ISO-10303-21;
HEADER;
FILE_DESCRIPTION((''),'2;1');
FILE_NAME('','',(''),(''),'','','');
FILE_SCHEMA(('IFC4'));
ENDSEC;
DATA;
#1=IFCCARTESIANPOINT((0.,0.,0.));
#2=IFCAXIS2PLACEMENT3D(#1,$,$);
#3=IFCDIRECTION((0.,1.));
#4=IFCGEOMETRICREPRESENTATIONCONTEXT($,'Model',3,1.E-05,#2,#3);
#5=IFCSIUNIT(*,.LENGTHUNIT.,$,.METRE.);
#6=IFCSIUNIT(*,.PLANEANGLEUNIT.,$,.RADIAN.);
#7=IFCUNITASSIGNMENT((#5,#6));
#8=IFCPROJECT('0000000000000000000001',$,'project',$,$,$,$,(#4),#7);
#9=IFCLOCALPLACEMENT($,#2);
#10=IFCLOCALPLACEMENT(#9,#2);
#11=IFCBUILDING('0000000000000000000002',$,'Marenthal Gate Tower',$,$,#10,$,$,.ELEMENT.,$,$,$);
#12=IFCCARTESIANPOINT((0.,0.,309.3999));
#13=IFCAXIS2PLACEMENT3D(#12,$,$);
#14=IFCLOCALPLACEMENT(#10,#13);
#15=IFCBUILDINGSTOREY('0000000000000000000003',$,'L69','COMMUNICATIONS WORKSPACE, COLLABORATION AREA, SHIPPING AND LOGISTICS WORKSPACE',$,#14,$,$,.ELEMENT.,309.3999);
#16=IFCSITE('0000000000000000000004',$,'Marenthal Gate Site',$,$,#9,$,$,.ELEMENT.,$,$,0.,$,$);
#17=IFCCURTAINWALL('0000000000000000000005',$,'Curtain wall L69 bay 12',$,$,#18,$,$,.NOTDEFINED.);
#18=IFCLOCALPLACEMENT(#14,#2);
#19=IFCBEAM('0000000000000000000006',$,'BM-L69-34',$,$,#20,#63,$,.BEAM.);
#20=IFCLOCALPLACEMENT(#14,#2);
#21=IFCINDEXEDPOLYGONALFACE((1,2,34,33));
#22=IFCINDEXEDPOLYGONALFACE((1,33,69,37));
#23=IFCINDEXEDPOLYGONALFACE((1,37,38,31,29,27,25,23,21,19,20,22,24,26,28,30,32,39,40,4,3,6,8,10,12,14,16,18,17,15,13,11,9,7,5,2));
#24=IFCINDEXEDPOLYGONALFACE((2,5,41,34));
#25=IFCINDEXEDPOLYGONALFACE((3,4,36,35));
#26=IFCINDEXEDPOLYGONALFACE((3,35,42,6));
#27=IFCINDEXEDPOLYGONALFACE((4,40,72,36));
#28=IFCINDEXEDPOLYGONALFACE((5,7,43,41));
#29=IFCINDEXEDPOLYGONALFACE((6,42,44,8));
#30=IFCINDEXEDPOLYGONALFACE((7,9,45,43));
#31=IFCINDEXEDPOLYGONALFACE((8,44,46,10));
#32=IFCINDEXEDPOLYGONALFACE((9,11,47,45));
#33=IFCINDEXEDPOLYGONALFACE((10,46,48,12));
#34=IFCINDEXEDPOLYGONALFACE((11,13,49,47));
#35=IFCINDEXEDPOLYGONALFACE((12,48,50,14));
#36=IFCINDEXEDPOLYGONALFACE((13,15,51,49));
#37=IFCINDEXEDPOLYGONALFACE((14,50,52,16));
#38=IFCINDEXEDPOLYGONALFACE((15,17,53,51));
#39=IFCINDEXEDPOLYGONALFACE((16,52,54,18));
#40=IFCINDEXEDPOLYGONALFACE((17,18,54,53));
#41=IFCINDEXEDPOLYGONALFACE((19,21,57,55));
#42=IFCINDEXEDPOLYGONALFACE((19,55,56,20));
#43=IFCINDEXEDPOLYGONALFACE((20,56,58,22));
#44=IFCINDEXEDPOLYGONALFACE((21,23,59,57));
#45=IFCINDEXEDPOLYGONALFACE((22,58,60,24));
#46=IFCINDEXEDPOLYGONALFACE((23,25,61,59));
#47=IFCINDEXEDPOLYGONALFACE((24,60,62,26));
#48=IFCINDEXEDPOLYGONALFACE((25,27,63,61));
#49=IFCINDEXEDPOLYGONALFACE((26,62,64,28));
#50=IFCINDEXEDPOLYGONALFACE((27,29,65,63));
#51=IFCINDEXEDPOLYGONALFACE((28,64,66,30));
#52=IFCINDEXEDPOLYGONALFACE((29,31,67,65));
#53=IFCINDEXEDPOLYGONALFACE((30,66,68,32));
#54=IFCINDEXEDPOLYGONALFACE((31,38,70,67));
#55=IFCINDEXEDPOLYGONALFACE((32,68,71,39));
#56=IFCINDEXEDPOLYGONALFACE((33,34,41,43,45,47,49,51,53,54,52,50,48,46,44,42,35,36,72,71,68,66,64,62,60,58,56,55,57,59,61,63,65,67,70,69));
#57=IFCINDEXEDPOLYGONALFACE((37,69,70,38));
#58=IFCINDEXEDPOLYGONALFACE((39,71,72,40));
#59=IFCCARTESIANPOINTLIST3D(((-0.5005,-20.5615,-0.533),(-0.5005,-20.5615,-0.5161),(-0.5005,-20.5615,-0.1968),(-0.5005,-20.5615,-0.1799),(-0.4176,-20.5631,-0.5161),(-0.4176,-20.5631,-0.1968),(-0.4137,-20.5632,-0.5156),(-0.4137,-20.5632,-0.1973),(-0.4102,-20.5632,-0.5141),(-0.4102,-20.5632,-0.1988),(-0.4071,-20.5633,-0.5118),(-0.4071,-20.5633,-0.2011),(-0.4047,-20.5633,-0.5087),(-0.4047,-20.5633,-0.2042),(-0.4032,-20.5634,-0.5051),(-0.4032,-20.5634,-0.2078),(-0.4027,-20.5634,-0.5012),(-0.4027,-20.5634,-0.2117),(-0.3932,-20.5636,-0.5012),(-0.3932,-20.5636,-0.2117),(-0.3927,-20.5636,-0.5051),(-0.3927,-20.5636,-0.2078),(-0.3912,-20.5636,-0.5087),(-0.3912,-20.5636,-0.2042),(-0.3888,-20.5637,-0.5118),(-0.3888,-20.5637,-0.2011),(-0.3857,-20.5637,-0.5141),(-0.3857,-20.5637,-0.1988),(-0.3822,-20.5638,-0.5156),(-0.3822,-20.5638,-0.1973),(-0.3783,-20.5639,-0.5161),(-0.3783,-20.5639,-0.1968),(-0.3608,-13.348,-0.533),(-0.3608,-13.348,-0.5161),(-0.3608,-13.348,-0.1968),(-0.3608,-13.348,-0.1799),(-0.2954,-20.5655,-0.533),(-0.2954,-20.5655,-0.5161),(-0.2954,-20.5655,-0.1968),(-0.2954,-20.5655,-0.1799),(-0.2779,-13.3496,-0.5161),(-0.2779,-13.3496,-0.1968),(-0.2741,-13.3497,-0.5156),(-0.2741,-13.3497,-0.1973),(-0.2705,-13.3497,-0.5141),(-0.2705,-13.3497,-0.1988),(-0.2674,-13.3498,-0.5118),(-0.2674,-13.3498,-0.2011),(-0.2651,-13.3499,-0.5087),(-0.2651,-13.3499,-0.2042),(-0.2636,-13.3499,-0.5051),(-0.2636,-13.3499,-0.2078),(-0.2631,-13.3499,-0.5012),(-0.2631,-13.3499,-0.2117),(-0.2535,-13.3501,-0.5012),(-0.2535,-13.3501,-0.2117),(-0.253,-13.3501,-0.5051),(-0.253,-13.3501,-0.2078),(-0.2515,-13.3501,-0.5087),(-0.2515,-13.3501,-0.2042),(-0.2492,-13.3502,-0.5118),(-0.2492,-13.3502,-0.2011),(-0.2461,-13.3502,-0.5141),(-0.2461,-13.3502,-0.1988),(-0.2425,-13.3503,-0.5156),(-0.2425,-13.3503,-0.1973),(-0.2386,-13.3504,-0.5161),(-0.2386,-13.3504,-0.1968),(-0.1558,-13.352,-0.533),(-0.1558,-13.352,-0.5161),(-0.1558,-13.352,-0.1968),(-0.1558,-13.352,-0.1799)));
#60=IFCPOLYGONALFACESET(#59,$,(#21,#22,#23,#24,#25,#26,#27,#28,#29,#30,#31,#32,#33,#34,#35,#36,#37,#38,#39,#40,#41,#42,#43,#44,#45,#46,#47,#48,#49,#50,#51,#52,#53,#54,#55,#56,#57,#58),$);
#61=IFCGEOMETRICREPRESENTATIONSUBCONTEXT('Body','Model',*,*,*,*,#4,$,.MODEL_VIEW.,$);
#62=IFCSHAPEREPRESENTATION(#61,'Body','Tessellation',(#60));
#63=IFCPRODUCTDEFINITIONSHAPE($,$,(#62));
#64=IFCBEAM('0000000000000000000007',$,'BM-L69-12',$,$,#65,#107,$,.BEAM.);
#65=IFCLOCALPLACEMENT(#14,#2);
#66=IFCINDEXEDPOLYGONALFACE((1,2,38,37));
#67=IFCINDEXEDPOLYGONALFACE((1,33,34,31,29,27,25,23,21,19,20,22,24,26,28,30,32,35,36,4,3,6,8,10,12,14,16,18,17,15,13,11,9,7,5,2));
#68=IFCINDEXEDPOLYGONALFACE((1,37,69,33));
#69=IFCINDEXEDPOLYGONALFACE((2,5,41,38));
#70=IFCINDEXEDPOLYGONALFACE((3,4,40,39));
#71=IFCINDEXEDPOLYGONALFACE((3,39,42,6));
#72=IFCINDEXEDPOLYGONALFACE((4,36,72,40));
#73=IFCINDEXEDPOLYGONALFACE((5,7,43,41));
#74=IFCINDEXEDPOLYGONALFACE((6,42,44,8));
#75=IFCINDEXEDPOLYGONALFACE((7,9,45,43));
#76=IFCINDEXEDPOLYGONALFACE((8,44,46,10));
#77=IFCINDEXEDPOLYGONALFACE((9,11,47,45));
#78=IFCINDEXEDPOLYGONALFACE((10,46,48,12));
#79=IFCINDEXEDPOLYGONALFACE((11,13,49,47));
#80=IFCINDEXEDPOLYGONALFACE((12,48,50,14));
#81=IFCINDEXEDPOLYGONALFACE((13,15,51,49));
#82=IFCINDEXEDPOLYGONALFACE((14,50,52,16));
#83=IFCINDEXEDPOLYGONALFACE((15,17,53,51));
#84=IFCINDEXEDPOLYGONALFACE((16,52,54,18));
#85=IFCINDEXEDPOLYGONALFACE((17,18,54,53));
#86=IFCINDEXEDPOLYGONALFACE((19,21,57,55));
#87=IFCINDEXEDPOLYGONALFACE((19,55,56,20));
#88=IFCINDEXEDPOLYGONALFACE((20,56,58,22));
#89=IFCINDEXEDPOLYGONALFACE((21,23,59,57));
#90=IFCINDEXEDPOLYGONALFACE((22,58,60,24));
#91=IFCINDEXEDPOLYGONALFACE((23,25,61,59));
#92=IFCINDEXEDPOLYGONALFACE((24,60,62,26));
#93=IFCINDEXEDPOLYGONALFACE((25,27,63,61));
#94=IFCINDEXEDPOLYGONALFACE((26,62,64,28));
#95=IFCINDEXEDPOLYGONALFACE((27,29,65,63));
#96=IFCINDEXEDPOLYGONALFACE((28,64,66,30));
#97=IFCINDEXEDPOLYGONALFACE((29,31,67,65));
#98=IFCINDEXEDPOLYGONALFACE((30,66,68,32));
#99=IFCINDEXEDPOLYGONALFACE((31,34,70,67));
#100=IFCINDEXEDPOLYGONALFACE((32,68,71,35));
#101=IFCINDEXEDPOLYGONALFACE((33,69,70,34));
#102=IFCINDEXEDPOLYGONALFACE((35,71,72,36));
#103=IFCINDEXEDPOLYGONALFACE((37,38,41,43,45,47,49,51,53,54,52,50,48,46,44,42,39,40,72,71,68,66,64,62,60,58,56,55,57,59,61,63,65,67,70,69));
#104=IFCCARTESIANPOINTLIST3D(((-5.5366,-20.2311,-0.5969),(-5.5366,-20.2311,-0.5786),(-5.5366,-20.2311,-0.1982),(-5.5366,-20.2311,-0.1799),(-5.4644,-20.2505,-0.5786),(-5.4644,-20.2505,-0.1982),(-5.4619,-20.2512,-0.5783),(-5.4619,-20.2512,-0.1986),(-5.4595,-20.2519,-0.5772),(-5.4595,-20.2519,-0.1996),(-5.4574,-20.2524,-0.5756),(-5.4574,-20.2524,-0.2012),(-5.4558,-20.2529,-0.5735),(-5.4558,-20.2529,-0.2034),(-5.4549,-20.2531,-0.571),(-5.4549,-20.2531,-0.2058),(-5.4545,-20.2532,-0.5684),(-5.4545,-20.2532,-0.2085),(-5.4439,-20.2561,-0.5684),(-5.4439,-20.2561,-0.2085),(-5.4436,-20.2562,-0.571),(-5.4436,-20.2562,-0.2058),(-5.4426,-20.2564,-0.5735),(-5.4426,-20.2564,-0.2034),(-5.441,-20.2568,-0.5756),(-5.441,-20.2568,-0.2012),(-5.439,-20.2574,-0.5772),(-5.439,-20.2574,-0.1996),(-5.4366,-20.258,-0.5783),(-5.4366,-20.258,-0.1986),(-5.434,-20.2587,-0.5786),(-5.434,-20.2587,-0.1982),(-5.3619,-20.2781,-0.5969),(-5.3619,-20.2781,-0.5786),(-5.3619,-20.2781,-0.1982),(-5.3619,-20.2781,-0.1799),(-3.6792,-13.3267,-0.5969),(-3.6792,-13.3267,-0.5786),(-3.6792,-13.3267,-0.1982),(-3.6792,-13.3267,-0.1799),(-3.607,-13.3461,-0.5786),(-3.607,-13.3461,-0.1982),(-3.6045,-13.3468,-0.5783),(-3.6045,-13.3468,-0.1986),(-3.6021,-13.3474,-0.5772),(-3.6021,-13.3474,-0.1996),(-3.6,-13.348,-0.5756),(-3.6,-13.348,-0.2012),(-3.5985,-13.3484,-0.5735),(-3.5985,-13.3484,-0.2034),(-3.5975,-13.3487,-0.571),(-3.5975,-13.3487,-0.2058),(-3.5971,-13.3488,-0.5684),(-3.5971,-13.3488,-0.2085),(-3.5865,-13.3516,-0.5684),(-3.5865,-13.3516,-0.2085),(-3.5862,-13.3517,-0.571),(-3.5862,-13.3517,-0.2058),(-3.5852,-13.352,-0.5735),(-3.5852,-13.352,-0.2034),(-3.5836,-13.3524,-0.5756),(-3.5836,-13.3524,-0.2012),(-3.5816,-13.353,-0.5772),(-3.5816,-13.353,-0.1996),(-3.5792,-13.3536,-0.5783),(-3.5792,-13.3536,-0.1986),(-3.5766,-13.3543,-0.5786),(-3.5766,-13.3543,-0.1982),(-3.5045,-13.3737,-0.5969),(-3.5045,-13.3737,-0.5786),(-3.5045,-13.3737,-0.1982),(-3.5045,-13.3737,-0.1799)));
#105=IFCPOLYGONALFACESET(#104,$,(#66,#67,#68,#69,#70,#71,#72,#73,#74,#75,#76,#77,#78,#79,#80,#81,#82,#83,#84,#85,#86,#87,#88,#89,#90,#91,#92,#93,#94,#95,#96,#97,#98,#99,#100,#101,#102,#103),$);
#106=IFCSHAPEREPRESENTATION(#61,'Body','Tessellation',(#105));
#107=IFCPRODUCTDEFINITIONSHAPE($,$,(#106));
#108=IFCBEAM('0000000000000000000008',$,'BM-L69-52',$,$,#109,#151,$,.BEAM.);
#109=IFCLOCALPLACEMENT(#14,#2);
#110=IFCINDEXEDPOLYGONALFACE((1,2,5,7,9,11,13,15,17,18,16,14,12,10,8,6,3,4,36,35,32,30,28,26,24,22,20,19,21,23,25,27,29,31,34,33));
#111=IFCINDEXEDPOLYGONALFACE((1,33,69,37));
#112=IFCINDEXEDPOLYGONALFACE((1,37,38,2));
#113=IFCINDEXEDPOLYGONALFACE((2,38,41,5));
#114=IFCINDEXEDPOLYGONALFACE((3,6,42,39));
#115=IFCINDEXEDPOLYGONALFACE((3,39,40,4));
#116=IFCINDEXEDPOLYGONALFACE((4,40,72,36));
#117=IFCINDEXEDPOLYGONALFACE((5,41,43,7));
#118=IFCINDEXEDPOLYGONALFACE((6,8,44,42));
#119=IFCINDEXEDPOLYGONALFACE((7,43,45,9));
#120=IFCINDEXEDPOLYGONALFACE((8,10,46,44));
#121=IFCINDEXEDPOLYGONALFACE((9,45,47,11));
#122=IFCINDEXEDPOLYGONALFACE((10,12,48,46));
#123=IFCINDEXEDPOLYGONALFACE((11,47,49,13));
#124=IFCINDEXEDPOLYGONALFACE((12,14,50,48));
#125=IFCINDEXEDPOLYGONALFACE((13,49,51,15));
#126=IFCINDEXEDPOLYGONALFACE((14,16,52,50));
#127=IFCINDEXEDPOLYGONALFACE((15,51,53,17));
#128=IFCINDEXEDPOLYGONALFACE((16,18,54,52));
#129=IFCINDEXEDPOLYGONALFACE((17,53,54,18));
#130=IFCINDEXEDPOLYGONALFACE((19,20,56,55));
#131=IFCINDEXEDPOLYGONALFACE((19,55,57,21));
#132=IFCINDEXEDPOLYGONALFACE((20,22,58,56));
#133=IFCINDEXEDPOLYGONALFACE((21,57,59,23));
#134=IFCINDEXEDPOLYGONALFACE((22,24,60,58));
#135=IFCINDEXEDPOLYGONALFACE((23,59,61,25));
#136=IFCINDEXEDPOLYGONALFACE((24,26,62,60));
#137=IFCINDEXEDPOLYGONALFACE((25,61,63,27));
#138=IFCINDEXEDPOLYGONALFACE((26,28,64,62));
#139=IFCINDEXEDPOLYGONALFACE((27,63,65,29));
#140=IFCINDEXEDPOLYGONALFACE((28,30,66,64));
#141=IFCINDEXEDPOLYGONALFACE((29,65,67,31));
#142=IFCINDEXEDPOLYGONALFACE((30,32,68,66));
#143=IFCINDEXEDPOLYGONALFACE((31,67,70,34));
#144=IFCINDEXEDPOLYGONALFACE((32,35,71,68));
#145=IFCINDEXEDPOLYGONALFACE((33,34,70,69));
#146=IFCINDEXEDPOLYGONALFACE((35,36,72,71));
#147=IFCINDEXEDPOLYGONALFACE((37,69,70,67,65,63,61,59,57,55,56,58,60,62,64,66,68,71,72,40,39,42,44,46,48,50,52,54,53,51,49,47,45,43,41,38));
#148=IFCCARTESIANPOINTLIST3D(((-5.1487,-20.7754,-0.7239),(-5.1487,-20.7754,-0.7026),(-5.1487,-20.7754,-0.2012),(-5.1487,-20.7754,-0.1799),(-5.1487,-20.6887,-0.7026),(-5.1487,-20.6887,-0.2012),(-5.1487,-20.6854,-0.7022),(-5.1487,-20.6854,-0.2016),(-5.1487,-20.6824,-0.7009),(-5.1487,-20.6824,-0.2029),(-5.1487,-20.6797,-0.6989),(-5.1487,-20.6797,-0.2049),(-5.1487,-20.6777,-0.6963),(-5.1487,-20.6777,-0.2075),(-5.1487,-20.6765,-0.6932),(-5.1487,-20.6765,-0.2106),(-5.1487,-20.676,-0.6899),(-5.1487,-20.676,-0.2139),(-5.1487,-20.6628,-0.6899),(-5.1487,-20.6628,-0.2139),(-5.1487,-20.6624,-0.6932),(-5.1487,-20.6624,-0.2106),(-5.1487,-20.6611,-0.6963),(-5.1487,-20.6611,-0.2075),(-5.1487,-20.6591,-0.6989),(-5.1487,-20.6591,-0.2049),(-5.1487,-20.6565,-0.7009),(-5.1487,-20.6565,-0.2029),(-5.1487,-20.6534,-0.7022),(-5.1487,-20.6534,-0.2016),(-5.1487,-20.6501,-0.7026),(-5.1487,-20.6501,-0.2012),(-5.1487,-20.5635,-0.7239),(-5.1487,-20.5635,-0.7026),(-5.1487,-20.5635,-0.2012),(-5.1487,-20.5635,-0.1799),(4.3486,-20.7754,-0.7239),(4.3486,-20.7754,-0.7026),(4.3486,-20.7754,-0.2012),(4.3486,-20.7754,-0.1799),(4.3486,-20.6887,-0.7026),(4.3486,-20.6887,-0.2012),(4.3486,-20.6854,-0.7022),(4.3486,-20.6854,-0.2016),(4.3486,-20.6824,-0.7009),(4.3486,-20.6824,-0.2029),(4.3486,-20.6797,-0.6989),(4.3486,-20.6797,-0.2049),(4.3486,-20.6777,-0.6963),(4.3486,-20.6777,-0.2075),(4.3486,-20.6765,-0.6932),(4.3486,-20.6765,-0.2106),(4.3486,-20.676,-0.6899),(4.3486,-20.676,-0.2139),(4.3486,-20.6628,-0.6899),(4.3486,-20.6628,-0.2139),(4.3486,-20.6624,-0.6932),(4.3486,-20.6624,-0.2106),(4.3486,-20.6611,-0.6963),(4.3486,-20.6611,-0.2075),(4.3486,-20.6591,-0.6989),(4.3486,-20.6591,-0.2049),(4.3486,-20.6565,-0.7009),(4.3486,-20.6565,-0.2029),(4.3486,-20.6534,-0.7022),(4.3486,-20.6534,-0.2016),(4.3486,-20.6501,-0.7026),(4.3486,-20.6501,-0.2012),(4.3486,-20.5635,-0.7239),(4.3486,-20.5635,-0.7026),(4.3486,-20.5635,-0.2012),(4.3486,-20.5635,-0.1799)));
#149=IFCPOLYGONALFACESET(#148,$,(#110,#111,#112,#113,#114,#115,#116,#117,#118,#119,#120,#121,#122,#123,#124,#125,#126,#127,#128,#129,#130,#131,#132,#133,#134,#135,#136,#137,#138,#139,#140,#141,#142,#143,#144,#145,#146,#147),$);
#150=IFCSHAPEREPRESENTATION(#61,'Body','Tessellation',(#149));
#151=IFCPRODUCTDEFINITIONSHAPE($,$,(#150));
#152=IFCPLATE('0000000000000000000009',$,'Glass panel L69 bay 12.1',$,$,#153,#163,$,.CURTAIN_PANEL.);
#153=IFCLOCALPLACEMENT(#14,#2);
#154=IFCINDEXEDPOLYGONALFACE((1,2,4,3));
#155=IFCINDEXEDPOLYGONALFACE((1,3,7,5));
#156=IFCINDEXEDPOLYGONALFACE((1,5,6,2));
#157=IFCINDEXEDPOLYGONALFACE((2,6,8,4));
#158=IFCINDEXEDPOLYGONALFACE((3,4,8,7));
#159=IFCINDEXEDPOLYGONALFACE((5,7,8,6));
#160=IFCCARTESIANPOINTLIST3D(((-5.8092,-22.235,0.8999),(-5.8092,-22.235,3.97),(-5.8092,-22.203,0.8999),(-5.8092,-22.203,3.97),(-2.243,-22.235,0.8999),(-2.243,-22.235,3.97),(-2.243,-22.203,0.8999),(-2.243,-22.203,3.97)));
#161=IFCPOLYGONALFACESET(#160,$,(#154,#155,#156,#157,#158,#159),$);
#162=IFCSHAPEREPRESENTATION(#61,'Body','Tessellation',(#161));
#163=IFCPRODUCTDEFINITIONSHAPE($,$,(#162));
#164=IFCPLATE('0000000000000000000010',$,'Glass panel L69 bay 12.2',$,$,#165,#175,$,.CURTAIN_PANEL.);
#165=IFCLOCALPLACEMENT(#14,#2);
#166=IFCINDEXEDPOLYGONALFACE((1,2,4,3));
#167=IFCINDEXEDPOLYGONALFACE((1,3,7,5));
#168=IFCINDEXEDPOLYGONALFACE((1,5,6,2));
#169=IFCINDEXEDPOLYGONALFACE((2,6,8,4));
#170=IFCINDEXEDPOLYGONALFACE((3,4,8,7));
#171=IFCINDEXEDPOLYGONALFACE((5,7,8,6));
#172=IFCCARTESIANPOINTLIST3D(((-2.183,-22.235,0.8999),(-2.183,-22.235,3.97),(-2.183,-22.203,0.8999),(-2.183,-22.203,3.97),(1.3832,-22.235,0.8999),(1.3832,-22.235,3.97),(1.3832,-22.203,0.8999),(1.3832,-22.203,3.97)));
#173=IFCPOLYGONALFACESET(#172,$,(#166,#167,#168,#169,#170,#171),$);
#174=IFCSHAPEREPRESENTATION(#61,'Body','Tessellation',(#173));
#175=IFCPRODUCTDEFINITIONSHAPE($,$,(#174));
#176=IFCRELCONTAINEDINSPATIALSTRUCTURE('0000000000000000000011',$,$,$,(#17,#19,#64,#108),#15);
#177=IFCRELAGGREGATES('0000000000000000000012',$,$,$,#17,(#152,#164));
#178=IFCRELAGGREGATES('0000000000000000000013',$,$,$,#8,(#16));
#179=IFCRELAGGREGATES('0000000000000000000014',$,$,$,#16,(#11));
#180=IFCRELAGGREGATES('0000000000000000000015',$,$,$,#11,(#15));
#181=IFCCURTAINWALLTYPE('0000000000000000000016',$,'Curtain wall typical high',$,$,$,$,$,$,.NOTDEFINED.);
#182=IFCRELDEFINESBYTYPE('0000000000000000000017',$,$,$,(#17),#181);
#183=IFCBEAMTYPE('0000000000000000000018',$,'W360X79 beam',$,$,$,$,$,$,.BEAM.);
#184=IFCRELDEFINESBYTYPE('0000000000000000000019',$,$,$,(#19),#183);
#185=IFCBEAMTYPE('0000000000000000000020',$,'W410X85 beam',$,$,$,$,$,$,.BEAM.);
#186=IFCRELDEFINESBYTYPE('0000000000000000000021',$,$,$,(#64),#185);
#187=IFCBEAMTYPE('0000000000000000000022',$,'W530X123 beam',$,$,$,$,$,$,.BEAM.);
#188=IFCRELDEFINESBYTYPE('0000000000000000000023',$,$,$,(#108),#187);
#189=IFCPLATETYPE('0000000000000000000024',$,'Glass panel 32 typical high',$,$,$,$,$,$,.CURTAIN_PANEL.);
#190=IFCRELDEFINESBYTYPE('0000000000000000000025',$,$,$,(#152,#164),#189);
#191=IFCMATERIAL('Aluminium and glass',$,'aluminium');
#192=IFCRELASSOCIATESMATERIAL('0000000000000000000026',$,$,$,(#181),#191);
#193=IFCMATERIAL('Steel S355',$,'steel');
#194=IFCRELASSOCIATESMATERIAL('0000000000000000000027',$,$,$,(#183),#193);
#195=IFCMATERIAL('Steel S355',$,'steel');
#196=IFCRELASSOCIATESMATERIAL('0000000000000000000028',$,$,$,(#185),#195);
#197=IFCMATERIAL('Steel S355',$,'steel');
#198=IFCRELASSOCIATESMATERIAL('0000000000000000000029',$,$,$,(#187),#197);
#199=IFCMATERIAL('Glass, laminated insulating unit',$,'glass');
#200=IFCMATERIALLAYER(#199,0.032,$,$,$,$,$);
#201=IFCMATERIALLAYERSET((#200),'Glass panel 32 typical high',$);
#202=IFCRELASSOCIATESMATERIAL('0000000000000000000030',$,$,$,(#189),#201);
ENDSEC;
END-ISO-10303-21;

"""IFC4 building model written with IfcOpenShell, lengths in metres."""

from ifc_helpers import new_model, si_unit, direction, frame, origin, origin_2d, place, context, subcontext, project, spatial, rectangle, i_section, extrude, material, layer, layer_set, material_profile, profile_set, type_object, element, aggregate, save


model = new_model("IFC4")

# Units and contexts
model_context = context("Model", 3, precision=1e-05, world=origin(), true_north=direction((0.0, 1.0)))
body_context = subcontext(model_context, "Body", "Model", "MODEL_VIEW")
ifc_project = project(units=[si_unit("LENGTHUNIT", "METRE"), si_unit("PLANEANGLEUNIT", "RADIAN")], contexts=[model_context])

# Site, building, storey
site_placement = place(None, origin())
site = spatial("IfcSite", under=ifc_project, at=site_placement, Name="Marenthal Gate Site", CompositionType="ELEMENT", RefElevation=0.0)
building_placement = place(site_placement, origin())
building = spatial("IfcBuilding", under=site, at=building_placement, Name="Marenthal Gate Tower", CompositionType="ELEMENT")
storey_placement = place(building_placement, frame((0.0, 0.0, 309.3999)))
storey = spatial("IfcBuildingStorey", under=building, at=storey_placement, Name="L69", Description="COMMUNICATIONS WORKSPACE, COLLABORATION AREA, SHIPPING AND LOGISTICS WORKSPACE", CompositionType="ELEMENT", Elevation=309.3999)

# Curtain wall
ifc_material_1 = material(Name="Aluminium and glass", Category="aluminium")
curtain_wall_type = type_object("IfcCurtainWallType", Name="Curtain wall typical high", PredefinedType="NOTDEFINED", material=ifc_material_1)
curtain_wall_placement = place(storey_placement, origin())
curtain_wall = element("IfcCurtainWall", 1, at=curtain_wall_placement, inside=storey, type_object=curtain_wall_type, Name="Curtain wall L69 bay 12", PredefinedType="NOTDEFINED")

# Beams
ifc_material_2 = material(Name="Steel S355", Category="steel")
ifc_material_profile_1 = material_profile(ifc_material_2, i_section(OverallWidth=0.2051, OverallDepth=0.353, WebThickness=0.0095, FlangeThickness=0.0168, FilletRadius=0.0149, at=origin_2d()), Name="W360X79")
ifc_profile_set_1 = profile_set([ifc_material_profile_1], Name="Steel S355")
beam_type_1 = type_object("IfcBeamType", Name="W360X79 beam", PredefinedType="BEAM", material=ifc_profile_set_1)
beam_1_placement = place(storey_placement, frame((-0.3979, -20.5635, -0.3564), z_axis=(0.019356, 0.999813, 0.0), x_axis=(-0.999813, 0.019356, 0.0)))
element("IfcBeam", 2, at=beam_1_placement, inside=storey, type_object=beam_type_1, Name="BM-L69-34", PredefinedType="BEAM", context=body_context, shape_type="SweptSolid", body=[
    extrude(i_section(OverallWidth=0.2051, OverallDepth=0.353, WebThickness=0.0095, FlangeThickness=0.0168, FilletRadius=0.0149, at=origin_2d()), origin(), (0.0, 0.0, 1.0), 7.2148),
])
ifc_material_3 = material(Name="Steel S355", Category="steel")
ifc_material_profile_2 = material_profile(ifc_material_3, i_section(OverallWidth=0.1809, OverallDepth=0.417, WebThickness=0.011, FlangeThickness=0.0183, FilletRadius=0.0103, at=origin_2d()), Name="W410X85")
ifc_profile_set_2 = profile_set([ifc_material_profile_2], Name="Steel S355")
beam_type_2 = type_object("IfcBeamType", Name="W410X85 beam", PredefinedType="BEAM", material=ifc_profile_set_2)
beam_2_placement = place(storey_placement, frame((-5.4492, -20.2546, -0.3884), z_axis=(0.259779, 0.965668, 0.0), x_axis=(-0.965668, 0.259779, 0.0)))
element("IfcBeam", 3, at=beam_2_placement, inside=storey, type_object=beam_type_2, Name="BM-L69-12", PredefinedType="BEAM", context=body_context, shape_type="SweptSolid", body=[
    extrude(i_section(OverallWidth=0.1809, OverallDepth=0.417, WebThickness=0.011, FlangeThickness=0.0183, FilletRadius=0.0103, at=origin_2d()), origin(), (0.0, 0.0, 1.0), 7.1499),
])
ifc_material_4 = material(Name="Steel S355", Category="steel")
ifc_material_profile_3 = material_profile(ifc_material_4, i_section(OverallWidth=0.2119, OverallDepth=0.5439, WebThickness=0.0132, FlangeThickness=0.0212, FilletRadius=0.0127, at=origin_2d()), Name="W530X123")
ifc_profile_set_3 = profile_set([ifc_material_profile_3], Name="Steel S355")
beam_type_3 = type_object("IfcBeamType", Name="W530X123 beam", PredefinedType="BEAM", material=ifc_profile_set_3)
beam_3_placement = place(storey_placement, frame((-5.1487, -20.6694, -0.4519), z_axis=(1.0, 0.0, 0.0), x_axis=(0.0, 1.0, 0.0)))
element("IfcBeam", 4, at=beam_3_placement, inside=storey, type_object=beam_type_3, Name="BM-L69-52", PredefinedType="BEAM", context=body_context, shape_type="SweptSolid", body=[
    extrude(i_section(OverallWidth=0.2119, OverallDepth=0.5439, WebThickness=0.0132, FlangeThickness=0.0212, FilletRadius=0.0127, at=origin_2d()), origin(), (0.0, 0.0, 1.0), 9.4973),
])

# Plates
ifc_material_5 = material(Name="Glass, laminated insulating unit", Category="glass")
ifc_layer_1 = layer(ifc_material_5, 0.032)
ifc_layer_set_1 = layer_set([ifc_layer_1], Name="Glass panel 32 typical high")
plate_type = type_object("IfcPlateType", Name="Glass panel 32 typical high", PredefinedType="CURTAIN_PANEL", material=ifc_layer_set_1)
plate_1_placement = place(storey_placement, frame((-4.0261, -22.219, 0.8999), z_axis=(0.0, 0.0, 1.0), x_axis=(1.0, 0.0, 0.0)))
plate_1 = element("IfcPlate", 5, at=plate_1_placement, type_object=plate_type, Name="Glass panel L69 bay 12.1", PredefinedType="CURTAIN_PANEL", context=body_context, shape_type="SweptSolid", body=[
    extrude(rectangle(XDim=3.5662, YDim=0.032, at=origin_2d()), origin(), (0.0, 0.0, 1.0), 3.0701),
])
plate_2_placement = place(storey_placement, frame((-0.3999, -22.219, 0.8999), z_axis=(0.0, 0.0, 1.0), x_axis=(1.0, 0.0, 0.0)))
plate_2 = element("IfcPlate", 6, at=plate_2_placement, type_object=plate_type, Name="Glass panel L69 bay 12.2", PredefinedType="CURTAIN_PANEL", context=body_context, shape_type="SweptSolid", body=[
    extrude(rectangle(XDim=3.5662, YDim=0.032, at=origin_2d()), origin(), (0.0, 0.0, 1.0), 3.0701),
])
aggregate(curtain_wall, [plate_1, plate_2])

save(model, "model.ifc")
